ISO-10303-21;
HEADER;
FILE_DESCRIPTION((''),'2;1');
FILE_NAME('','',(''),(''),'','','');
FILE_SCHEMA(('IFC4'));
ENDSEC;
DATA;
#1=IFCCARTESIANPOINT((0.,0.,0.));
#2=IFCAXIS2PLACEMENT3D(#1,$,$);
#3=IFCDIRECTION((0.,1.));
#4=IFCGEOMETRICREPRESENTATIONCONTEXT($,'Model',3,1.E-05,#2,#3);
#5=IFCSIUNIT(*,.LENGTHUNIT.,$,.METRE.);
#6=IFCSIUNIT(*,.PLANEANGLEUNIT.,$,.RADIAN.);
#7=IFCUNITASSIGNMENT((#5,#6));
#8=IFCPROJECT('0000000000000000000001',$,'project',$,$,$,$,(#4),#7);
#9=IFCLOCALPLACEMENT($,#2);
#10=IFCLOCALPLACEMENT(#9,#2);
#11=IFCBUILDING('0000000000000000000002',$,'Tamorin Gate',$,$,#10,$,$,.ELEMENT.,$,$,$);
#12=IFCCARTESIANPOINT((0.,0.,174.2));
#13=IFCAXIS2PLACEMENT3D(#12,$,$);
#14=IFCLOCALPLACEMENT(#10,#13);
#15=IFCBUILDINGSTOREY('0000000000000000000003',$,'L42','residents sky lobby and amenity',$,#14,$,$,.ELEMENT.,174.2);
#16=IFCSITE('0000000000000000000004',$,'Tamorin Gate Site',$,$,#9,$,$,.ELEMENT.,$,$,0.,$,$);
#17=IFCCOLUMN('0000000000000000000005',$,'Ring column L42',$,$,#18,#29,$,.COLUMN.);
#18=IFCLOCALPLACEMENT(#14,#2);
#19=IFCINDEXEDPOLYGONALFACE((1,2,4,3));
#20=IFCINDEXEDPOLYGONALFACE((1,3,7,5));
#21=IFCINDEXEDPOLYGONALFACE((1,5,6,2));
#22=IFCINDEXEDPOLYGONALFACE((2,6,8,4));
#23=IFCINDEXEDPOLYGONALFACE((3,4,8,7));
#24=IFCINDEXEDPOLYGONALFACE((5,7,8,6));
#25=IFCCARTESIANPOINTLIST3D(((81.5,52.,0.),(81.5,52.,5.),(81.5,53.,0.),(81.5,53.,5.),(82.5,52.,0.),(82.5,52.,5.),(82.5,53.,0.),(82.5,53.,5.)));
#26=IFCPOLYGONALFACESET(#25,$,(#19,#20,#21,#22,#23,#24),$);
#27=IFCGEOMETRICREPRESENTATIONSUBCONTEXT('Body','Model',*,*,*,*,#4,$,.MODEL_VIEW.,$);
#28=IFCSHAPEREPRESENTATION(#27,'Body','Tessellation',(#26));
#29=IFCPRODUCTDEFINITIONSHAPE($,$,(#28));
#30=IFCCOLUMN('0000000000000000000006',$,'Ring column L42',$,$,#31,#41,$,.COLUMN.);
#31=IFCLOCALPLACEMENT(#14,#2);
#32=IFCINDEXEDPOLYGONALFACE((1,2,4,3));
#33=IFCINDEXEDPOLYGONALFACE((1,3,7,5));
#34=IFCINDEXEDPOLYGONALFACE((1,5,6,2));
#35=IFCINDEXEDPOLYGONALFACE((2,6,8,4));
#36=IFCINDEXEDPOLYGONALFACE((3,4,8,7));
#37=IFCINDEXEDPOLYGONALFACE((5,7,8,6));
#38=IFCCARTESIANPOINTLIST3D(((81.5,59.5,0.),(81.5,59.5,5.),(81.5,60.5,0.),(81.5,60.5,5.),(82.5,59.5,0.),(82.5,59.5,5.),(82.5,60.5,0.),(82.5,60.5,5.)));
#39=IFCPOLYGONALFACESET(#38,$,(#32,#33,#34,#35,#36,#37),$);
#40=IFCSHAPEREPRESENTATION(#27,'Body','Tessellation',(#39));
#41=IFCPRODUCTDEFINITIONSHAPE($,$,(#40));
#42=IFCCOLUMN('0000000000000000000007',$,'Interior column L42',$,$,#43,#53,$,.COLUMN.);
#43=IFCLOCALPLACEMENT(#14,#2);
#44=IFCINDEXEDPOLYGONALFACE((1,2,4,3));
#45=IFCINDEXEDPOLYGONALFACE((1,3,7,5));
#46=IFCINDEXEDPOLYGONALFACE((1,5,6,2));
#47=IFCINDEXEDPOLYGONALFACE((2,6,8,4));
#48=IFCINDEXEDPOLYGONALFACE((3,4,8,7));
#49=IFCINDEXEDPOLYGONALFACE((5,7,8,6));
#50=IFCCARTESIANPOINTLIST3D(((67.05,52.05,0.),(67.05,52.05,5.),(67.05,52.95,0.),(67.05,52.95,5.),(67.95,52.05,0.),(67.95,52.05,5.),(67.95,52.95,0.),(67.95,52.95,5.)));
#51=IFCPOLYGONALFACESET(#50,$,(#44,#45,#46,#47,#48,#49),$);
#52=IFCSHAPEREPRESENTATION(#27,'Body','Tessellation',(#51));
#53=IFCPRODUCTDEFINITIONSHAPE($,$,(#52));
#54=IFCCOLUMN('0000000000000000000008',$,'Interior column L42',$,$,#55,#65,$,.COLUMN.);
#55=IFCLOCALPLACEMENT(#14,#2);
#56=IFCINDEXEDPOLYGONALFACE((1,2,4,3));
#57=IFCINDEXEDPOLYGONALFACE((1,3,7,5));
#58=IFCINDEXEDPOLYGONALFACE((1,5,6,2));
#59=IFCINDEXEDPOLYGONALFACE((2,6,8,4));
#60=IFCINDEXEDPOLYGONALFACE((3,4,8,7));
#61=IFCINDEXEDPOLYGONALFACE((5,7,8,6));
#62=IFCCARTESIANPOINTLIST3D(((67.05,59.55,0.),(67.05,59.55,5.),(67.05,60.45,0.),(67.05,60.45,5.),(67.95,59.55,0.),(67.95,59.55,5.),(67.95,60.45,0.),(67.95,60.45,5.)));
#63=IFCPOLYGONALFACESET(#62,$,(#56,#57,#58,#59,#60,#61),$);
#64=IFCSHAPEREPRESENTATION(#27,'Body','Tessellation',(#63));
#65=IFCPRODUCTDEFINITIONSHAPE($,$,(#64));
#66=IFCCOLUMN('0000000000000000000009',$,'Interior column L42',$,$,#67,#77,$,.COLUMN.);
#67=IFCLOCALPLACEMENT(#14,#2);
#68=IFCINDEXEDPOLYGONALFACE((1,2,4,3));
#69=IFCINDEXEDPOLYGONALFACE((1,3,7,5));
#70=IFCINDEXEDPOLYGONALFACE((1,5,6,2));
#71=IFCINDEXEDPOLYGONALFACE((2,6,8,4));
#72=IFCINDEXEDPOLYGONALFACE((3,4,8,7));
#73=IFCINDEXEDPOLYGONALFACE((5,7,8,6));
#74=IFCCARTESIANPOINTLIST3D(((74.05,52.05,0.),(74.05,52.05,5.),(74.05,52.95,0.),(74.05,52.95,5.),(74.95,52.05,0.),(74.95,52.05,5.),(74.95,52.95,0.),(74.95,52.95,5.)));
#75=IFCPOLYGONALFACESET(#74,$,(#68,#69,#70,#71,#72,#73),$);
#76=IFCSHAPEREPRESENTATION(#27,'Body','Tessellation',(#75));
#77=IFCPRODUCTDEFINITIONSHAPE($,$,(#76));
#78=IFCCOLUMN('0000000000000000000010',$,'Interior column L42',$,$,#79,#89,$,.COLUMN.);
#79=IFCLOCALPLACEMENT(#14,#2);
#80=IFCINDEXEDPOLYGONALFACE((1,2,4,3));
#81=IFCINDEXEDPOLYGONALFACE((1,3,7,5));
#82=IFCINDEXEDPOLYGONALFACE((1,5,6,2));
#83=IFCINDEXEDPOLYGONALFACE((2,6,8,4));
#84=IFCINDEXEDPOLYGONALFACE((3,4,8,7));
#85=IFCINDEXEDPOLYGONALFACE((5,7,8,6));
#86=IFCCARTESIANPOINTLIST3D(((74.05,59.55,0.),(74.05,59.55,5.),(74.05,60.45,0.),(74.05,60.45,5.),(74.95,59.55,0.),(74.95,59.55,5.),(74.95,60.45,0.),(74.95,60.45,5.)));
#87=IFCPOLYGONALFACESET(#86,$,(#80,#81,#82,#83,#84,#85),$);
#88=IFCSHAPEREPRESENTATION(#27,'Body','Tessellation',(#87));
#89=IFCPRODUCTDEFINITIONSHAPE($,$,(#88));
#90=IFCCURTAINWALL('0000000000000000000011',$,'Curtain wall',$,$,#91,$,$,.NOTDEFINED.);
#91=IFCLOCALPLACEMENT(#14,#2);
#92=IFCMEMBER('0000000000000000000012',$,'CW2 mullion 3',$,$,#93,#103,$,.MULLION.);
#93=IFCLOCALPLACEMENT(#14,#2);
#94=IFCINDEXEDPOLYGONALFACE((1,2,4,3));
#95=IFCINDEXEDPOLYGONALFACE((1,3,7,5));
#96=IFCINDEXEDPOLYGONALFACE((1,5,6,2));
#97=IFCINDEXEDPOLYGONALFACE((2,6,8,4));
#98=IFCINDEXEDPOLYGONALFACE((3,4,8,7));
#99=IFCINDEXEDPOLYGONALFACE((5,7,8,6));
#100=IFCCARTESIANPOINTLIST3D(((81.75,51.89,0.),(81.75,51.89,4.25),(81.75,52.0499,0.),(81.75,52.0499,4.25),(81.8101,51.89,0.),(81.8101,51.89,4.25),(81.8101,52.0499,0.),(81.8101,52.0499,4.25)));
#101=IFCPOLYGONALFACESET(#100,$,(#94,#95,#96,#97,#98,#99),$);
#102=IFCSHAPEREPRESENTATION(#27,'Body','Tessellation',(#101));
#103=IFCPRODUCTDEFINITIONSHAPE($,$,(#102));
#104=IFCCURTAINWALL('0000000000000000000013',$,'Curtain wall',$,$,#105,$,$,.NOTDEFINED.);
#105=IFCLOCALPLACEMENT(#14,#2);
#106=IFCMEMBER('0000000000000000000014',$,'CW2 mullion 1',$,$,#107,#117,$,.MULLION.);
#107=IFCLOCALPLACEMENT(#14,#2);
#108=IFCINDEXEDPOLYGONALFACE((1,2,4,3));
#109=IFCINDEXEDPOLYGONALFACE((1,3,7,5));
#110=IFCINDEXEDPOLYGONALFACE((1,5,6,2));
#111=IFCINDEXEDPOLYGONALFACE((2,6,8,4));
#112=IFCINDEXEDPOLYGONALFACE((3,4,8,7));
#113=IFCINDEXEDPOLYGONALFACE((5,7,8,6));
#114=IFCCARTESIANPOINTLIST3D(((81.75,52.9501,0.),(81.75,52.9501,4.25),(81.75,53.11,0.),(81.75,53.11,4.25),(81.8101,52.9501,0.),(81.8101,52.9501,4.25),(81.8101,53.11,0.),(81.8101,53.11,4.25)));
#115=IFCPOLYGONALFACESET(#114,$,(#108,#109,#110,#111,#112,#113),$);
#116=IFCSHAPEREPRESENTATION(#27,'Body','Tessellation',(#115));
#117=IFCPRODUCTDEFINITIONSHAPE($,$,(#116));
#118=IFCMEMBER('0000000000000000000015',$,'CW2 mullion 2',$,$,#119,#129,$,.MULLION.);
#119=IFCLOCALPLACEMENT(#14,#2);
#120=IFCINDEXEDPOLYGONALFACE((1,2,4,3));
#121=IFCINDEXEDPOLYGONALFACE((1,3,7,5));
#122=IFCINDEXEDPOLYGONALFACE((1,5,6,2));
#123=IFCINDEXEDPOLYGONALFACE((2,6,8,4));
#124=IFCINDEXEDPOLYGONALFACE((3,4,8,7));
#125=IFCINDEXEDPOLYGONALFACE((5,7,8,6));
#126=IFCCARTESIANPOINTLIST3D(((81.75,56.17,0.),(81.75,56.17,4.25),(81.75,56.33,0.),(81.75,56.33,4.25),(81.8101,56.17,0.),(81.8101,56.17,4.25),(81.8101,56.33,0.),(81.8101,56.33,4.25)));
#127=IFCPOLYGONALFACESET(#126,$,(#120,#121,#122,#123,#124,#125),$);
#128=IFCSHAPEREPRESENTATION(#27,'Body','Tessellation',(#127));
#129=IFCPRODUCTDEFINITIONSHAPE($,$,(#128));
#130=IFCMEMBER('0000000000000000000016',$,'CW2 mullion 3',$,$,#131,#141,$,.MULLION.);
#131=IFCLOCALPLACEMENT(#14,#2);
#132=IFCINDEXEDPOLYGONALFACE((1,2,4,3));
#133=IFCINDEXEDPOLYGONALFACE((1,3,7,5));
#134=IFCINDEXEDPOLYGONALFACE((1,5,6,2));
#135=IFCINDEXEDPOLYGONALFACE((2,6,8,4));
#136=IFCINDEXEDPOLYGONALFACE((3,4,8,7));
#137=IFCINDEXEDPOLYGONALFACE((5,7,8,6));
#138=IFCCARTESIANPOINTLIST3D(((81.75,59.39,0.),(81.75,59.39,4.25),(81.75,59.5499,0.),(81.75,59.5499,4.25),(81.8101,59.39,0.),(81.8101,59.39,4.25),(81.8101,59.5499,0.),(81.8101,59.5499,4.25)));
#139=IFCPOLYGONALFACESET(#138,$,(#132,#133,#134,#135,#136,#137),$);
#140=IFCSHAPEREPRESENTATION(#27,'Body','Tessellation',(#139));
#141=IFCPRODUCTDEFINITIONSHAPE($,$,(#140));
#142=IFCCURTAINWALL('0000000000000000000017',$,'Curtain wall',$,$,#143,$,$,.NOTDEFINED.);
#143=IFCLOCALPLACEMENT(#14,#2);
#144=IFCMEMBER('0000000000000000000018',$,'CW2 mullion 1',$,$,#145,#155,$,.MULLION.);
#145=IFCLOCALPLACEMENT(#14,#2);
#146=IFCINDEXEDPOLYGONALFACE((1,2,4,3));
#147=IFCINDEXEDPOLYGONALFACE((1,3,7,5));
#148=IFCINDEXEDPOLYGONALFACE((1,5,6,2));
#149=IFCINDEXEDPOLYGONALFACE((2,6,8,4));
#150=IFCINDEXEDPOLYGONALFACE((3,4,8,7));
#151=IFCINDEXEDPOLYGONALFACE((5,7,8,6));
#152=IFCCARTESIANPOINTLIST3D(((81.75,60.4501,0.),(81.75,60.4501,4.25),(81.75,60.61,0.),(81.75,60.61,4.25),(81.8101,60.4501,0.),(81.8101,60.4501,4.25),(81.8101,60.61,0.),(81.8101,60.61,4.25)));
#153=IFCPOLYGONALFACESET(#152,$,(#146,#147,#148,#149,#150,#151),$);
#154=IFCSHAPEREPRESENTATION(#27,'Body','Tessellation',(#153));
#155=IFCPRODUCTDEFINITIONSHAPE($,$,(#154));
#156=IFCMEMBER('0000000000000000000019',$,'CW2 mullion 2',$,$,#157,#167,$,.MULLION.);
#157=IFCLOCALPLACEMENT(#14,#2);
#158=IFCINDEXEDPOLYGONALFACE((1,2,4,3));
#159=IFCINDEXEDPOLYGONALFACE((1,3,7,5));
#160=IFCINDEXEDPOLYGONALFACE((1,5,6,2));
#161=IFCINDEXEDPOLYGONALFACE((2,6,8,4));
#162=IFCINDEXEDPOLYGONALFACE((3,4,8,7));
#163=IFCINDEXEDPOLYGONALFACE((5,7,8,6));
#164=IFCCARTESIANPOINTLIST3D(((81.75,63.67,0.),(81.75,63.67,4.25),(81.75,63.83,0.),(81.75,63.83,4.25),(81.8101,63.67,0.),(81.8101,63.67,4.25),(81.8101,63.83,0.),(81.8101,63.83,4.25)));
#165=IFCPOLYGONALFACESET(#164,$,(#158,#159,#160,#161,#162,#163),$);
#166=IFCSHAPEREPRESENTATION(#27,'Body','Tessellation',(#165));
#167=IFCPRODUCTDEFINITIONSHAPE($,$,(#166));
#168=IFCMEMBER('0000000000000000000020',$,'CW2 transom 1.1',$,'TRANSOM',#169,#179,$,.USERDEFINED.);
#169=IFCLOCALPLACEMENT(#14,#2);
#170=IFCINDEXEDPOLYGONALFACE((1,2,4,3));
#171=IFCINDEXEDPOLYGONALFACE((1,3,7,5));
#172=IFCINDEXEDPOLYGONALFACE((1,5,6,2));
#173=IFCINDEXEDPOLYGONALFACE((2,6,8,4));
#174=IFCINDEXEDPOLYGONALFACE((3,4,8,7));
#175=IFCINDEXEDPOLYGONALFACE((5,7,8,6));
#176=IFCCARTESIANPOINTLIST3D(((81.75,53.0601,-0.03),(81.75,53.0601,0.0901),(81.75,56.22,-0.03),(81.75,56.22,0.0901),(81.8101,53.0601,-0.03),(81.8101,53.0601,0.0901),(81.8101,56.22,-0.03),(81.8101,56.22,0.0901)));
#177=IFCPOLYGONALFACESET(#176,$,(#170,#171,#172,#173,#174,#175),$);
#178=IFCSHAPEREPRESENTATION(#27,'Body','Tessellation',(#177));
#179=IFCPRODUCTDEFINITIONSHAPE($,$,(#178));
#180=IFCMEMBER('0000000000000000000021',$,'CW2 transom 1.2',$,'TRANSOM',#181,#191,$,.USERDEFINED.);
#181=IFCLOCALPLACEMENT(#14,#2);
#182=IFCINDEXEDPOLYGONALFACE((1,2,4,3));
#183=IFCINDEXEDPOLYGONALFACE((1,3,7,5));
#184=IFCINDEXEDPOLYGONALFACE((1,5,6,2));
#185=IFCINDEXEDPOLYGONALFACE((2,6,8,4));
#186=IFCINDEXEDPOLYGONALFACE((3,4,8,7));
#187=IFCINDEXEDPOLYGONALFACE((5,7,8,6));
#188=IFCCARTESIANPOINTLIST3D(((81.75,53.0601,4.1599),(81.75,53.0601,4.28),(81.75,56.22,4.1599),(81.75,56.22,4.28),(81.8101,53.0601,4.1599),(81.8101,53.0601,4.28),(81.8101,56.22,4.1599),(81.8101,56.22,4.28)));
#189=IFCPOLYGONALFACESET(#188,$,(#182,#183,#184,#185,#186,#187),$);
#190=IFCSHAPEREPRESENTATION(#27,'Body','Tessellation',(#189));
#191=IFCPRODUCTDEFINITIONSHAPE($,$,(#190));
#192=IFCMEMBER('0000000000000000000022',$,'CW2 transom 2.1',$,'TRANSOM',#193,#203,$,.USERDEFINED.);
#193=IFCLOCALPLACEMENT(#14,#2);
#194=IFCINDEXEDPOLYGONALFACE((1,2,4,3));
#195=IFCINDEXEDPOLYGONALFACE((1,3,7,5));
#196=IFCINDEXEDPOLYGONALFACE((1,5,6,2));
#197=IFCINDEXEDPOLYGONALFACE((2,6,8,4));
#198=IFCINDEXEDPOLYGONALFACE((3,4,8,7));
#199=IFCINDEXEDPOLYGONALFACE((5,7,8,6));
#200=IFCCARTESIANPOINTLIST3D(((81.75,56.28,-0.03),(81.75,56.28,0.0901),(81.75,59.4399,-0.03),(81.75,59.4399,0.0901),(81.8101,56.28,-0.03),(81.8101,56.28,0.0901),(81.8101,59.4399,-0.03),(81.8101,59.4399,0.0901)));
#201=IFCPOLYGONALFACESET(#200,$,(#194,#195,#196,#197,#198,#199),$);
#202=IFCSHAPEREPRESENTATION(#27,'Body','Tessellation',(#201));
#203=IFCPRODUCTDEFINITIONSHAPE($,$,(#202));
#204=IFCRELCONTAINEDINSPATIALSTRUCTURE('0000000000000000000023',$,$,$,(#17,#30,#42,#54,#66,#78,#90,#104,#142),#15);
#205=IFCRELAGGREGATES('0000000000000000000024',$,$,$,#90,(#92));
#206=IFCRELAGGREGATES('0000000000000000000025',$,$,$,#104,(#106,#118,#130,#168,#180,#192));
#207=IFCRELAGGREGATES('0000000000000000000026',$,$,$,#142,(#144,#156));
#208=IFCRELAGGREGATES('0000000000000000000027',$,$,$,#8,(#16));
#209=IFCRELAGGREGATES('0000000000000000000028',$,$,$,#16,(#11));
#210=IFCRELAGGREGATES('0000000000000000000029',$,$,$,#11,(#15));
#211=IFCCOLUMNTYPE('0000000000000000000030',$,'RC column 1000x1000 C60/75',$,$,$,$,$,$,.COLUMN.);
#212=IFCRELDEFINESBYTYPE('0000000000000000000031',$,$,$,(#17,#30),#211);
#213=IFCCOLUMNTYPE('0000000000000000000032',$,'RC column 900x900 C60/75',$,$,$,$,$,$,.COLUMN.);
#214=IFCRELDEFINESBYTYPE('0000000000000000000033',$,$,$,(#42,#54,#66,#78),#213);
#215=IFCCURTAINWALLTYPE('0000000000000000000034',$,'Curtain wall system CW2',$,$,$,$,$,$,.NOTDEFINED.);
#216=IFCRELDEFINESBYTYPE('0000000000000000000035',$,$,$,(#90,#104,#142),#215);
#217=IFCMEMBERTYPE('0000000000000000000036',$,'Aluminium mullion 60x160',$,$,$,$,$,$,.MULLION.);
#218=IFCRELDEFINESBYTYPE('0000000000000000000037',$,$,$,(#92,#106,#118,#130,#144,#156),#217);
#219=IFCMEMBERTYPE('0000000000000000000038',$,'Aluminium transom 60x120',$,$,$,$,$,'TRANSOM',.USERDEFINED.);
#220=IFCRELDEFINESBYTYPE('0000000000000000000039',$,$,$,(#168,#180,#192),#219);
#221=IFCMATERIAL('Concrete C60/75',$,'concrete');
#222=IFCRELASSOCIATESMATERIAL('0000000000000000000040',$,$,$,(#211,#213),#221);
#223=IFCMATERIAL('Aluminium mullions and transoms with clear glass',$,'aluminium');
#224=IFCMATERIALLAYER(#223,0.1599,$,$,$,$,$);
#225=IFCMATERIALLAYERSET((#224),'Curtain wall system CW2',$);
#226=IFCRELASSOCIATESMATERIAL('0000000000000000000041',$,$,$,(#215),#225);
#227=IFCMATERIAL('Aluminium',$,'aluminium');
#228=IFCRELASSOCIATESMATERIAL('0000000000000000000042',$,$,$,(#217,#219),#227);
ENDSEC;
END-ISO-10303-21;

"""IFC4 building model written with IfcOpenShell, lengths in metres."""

from ifc_helpers import new_model, si_unit, direction, frame, origin, origin_2d, place, context, subcontext, project, spatial, rectangle, extrude, material, layer, layer_set, material_profile, profile_set, type_object, element, aggregate, save


model = new_model("IFC4")

# Units and contexts
model_context = context("Model", 3, precision=1e-05, world=origin(), true_north=direction((0.0, 1.0)))
body_context = subcontext(model_context, "Body", "Model", "MODEL_VIEW")
ifc_project = project(units=[si_unit("LENGTHUNIT", "METRE"), si_unit("PLANEANGLEUNIT", "RADIAN")], contexts=[model_context])

# Site, building, storey
site_placement = place(None, origin())
site = spatial("IfcSite", under=ifc_project, at=site_placement, Name="Tamorin Gate Site", CompositionType="ELEMENT", RefElevation=0.0)
building_placement = place(site_placement, origin())
building = spatial("IfcBuilding", under=site, at=building_placement, Name="Tamorin Gate", CompositionType="ELEMENT")
storey_placement = place(building_placement, frame((0.0, 0.0, 174.2)))
storey = spatial("IfcBuildingStorey", under=building, at=storey_placement, Name="L42", Description="residents sky lobby and amenity", CompositionType="ELEMENT", Elevation=174.2)

# Columns
ifc_material_1 = material(Name="Concrete C60/75", Category="concrete")
ifc_material_profile_1 = material_profile(ifc_material_1, rectangle(XDim=1.0, YDim=1.0, at=origin_2d()), Name="RC 1000x1000")
ifc_profile_set_1 = profile_set([ifc_material_profile_1], Name="Concrete C60/75")
column_type_1 = type_object("IfcColumnType", Name="RC column 1000x1000 C60/75", PredefinedType="COLUMN", material=ifc_profile_set_1)
for number, where, z_axis, x_axis, name in (
    (1, (82.0, 52.5, 0.0), (0.0, 0.0, 1.0), (1.0, 0.0, 0.0), "Ring column L42"),
    (2, (82.0, 60.0, 0.0), (0.0, 0.0, 1.0), (1.0, 0.0, 0.0), "Ring column L42"),
):
    element("IfcColumn", number, at=place(storey_placement, frame(where, z_axis=z_axis, x_axis=x_axis)), inside=storey, type_object=column_type_1, Name=name, PredefinedType="COLUMN", context=body_context, shape_type="SweptSolid", body=[
        extrude(rectangle(XDim=1.0, YDim=1.0, at=origin_2d()), origin(), (0.0, 0.0, 1.0), 5.0),
    ])
ifc_material_profile_2 = material_profile(ifc_material_1, rectangle(XDim=0.8999, YDim=0.8999, at=origin_2d()), Name="RC 900x900")
ifc_profile_set_2 = profile_set([ifc_material_profile_2], Name="Concrete C60/75")
column_type_2 = type_object("IfcColumnType", Name="RC column 900x900 C60/75", PredefinedType="COLUMN", material=ifc_profile_set_2)
for number, where, z_axis, x_axis, name in (
    (3, (67.5, 52.5, 0.0), (0.0, 0.0, 1.0), (1.0, 0.0, 0.0), "Interior column L42"),
    (4, (67.5, 60.0, 0.0), (0.0, 0.0, 1.0), (1.0, 0.0, 0.0), "Interior column L42"),
    (5, (74.5, 52.5, 0.0), (0.0, 0.0, 1.0), (1.0, 0.0, 0.0), "Interior column L42"),
    (6, (74.5, 60.0, 0.0), (0.0, 0.0, 1.0), (1.0, 0.0, 0.0), "Interior column L42"),
):
    element("IfcColumn", number, at=place(storey_placement, frame(where, z_axis=z_axis, x_axis=x_axis)), inside=storey, type_object=column_type_2, Name=name, PredefinedType="COLUMN", context=body_context, shape_type="SweptSolid", body=[
        extrude(rectangle(XDim=0.8999, YDim=0.8999, at=origin_2d()), origin(), (0.0, 0.0, 1.0), 5.0),
    ])

# Curtain wall, member
ifc_material_2 = material(Name="Aluminium mullions and transoms with clear glass", Category="aluminium")
ifc_layer_1 = layer(ifc_material_2, 0.1599)
ifc_layer_set_1 = layer_set([ifc_layer_1], Name="Curtain wall system CW2")
curtain_wall_type = type_object("IfcCurtainWallType", Name="Curtain wall system CW2", PredefinedType="NOTDEFINED", material=ifc_layer_set_1)
curtain_wall_1_placement = place(storey_placement, origin())
curtain_wall_1 = element("IfcCurtainWall", 7, at=curtain_wall_1_placement, inside=storey, type_object=curtain_wall_type, Name="Curtain wall", PredefinedType="NOTDEFINED")
ifc_material_3 = material(Name="Aluminium", Category="aluminium")
ifc_material_profile_3 = material_profile(ifc_material_3, rectangle(XDim=0.0601, YDim=0.1599, at=origin_2d()), Name="RECT 60x160")
ifc_profile_set_3 = profile_set([ifc_material_profile_3], Name="Aluminium")
member_type_1 = type_object("IfcMemberType", Name="Aluminium mullion 60x160", PredefinedType="MULLION", material=ifc_profile_set_3)
member_1_placement = place(storey_placement, frame((81.78, 51.97, 0.0), z_axis=(0.0, 0.0, 1.0), x_axis=(-1.0, 0.0, 0.0)))
member_1 = element("IfcMember", 8, at=member_1_placement, type_object=member_type_1, Name="CW2 mullion 3", PredefinedType="MULLION", context=body_context, shape_type="SweptSolid", body=[
    extrude(rectangle(XDim=0.0601, YDim=0.1599, at=origin_2d()), origin(), (0.0, 0.0, 1.0), 4.25),
])

# Curtain walls, members
curtain_wall_2_placement = place(storey_placement, origin())
curtain_wall_2 = element("IfcCurtainWall", 9, at=curtain_wall_2_placement, inside=storey, type_object=curtain_wall_type, Name="Curtain wall", PredefinedType="NOTDEFINED")
member_2_placement = place(storey_placement, frame((81.78, 53.03, 0.0), z_axis=(0.0, 0.0, 1.0), x_axis=(-1.0, 0.0, 0.0)))
member_2 = element("IfcMember", 10, at=member_2_placement, type_object=member_type_1, Name="CW2 mullion 1", PredefinedType="MULLION", context=body_context, shape_type="SweptSolid", body=[
    extrude(rectangle(XDim=0.0601, YDim=0.1599, at=origin_2d()), origin(), (0.0, 0.0, 1.0), 4.25),
])
member_3_placement = place(storey_placement, frame((81.78, 56.25, 0.0), z_axis=(0.0, 0.0, 1.0), x_axis=(-1.0, 0.0, 0.0)))
member_3 = element("IfcMember", 11, at=member_3_placement, type_object=member_type_1, Name="CW2 mullion 2", PredefinedType="MULLION", context=body_context, shape_type="SweptSolid", body=[
    extrude(rectangle(XDim=0.0601, YDim=0.1599, at=origin_2d()), origin(), (0.0, 0.0, 1.0), 4.25),
])
member_4_placement = place(storey_placement, frame((81.78, 59.47, 0.0), z_axis=(0.0, 0.0, 1.0), x_axis=(-1.0, 0.0, 0.0)))
member_4 = element("IfcMember", 12, at=member_4_placement, type_object=member_type_1, Name="CW2 mullion 3", PredefinedType="MULLION", context=body_context, shape_type="SweptSolid", body=[
    extrude(rectangle(XDim=0.0601, YDim=0.1599, at=origin_2d()), origin(), (0.0, 0.0, 1.0), 4.25),
])
curtain_wall_3_placement = place(storey_placement, origin())
curtain_wall_3 = element("IfcCurtainWall", 13, at=curtain_wall_3_placement, inside=storey, type_object=curtain_wall_type, Name="Curtain wall", PredefinedType="NOTDEFINED")
member_5_placement = place(storey_placement, frame((81.78, 60.53, 0.0), z_axis=(0.0, 0.0, 1.0), x_axis=(-1.0, 0.0, 0.0)))
member_5 = element("IfcMember", 14, at=member_5_placement, type_object=member_type_1, Name="CW2 mullion 1", PredefinedType="MULLION", context=body_context, shape_type="SweptSolid", body=[
    extrude(rectangle(XDim=0.0601, YDim=0.1599, at=origin_2d()), origin(), (0.0, 0.0, 1.0), 4.25),
])
member_6_placement = place(storey_placement, frame((81.78, 63.75, 0.0), z_axis=(0.0, 0.0, 1.0), x_axis=(-1.0, 0.0, 0.0)))
member_6 = element("IfcMember", 15, at=member_6_placement, type_object=member_type_1, Name="CW2 mullion 2", PredefinedType="MULLION", context=body_context, shape_type="SweptSolid", body=[
    extrude(rectangle(XDim=0.0601, YDim=0.1599, at=origin_2d()), origin(), (0.0, 0.0, 1.0), 4.25),
])

# Members
ifc_material_profile_4 = material_profile(ifc_material_3, rectangle(XDim=0.0601, YDim=0.1201, at=origin_2d()), Name="RECT 60x120")
ifc_profile_set_4 = profile_set([ifc_material_profile_4], Name="Aluminium")
member_type_2 = type_object("IfcMemberType", Name="Aluminium transom 60x120", ElementType="TRANSOM", PredefinedType="USERDEFINED", material=ifc_profile_set_4)
member_7_placement = place(storey_placement, frame((81.78, 53.0601, 0.03), z_axis=(0.0, 1.0, 0.0), x_axis=(-1.0, 0.0, 0.0)))
member_7 = element("IfcMember", 16, at=member_7_placement, type_object=member_type_2, Name="CW2 transom 1.1", ObjectType="TRANSOM", PredefinedType="USERDEFINED", context=body_context, shape_type="SweptSolid", body=[
    extrude(rectangle(XDim=0.0601, YDim=0.1201, at=origin_2d()), origin(), (0.0, 0.0, 1.0), 3.1599),
])
member_8_placement = place(storey_placement, frame((81.78, 53.0601, 4.22), z_axis=(0.0, 1.0, 0.0), x_axis=(-1.0, 0.0, 0.0)))
member_8 = element("IfcMember", 17, at=member_8_placement, type_object=member_type_2, Name="CW2 transom 1.2", ObjectType="TRANSOM", PredefinedType="USERDEFINED", context=body_context, shape_type="SweptSolid", body=[
    extrude(rectangle(XDim=0.0601, YDim=0.1201, at=origin_2d()), origin(), (0.0, 0.0, 1.0), 3.1599),
])
member_9_placement = place(storey_placement, frame((81.78, 56.28, 0.03), z_axis=(0.0, 1.0, 0.0), x_axis=(-1.0, 0.0, 0.0)))
member_9 = element("IfcMember", 18, at=member_9_placement, type_object=member_type_2, Name="CW2 transom 2.1", ObjectType="TRANSOM", PredefinedType="USERDEFINED", context=body_context, shape_type="SweptSolid", body=[
    extrude(rectangle(XDim=0.0601, YDim=0.1201, at=origin_2d()), origin(), (0.0, 0.0, 1.0), 3.1599),
])

aggregate(curtain_wall_1, [member_1])
aggregate(curtain_wall_2, [member_2, member_3, member_4, member_7, member_8, member_9])
aggregate(curtain_wall_3, [member_5, member_6])

save(model, "model.ifc")
